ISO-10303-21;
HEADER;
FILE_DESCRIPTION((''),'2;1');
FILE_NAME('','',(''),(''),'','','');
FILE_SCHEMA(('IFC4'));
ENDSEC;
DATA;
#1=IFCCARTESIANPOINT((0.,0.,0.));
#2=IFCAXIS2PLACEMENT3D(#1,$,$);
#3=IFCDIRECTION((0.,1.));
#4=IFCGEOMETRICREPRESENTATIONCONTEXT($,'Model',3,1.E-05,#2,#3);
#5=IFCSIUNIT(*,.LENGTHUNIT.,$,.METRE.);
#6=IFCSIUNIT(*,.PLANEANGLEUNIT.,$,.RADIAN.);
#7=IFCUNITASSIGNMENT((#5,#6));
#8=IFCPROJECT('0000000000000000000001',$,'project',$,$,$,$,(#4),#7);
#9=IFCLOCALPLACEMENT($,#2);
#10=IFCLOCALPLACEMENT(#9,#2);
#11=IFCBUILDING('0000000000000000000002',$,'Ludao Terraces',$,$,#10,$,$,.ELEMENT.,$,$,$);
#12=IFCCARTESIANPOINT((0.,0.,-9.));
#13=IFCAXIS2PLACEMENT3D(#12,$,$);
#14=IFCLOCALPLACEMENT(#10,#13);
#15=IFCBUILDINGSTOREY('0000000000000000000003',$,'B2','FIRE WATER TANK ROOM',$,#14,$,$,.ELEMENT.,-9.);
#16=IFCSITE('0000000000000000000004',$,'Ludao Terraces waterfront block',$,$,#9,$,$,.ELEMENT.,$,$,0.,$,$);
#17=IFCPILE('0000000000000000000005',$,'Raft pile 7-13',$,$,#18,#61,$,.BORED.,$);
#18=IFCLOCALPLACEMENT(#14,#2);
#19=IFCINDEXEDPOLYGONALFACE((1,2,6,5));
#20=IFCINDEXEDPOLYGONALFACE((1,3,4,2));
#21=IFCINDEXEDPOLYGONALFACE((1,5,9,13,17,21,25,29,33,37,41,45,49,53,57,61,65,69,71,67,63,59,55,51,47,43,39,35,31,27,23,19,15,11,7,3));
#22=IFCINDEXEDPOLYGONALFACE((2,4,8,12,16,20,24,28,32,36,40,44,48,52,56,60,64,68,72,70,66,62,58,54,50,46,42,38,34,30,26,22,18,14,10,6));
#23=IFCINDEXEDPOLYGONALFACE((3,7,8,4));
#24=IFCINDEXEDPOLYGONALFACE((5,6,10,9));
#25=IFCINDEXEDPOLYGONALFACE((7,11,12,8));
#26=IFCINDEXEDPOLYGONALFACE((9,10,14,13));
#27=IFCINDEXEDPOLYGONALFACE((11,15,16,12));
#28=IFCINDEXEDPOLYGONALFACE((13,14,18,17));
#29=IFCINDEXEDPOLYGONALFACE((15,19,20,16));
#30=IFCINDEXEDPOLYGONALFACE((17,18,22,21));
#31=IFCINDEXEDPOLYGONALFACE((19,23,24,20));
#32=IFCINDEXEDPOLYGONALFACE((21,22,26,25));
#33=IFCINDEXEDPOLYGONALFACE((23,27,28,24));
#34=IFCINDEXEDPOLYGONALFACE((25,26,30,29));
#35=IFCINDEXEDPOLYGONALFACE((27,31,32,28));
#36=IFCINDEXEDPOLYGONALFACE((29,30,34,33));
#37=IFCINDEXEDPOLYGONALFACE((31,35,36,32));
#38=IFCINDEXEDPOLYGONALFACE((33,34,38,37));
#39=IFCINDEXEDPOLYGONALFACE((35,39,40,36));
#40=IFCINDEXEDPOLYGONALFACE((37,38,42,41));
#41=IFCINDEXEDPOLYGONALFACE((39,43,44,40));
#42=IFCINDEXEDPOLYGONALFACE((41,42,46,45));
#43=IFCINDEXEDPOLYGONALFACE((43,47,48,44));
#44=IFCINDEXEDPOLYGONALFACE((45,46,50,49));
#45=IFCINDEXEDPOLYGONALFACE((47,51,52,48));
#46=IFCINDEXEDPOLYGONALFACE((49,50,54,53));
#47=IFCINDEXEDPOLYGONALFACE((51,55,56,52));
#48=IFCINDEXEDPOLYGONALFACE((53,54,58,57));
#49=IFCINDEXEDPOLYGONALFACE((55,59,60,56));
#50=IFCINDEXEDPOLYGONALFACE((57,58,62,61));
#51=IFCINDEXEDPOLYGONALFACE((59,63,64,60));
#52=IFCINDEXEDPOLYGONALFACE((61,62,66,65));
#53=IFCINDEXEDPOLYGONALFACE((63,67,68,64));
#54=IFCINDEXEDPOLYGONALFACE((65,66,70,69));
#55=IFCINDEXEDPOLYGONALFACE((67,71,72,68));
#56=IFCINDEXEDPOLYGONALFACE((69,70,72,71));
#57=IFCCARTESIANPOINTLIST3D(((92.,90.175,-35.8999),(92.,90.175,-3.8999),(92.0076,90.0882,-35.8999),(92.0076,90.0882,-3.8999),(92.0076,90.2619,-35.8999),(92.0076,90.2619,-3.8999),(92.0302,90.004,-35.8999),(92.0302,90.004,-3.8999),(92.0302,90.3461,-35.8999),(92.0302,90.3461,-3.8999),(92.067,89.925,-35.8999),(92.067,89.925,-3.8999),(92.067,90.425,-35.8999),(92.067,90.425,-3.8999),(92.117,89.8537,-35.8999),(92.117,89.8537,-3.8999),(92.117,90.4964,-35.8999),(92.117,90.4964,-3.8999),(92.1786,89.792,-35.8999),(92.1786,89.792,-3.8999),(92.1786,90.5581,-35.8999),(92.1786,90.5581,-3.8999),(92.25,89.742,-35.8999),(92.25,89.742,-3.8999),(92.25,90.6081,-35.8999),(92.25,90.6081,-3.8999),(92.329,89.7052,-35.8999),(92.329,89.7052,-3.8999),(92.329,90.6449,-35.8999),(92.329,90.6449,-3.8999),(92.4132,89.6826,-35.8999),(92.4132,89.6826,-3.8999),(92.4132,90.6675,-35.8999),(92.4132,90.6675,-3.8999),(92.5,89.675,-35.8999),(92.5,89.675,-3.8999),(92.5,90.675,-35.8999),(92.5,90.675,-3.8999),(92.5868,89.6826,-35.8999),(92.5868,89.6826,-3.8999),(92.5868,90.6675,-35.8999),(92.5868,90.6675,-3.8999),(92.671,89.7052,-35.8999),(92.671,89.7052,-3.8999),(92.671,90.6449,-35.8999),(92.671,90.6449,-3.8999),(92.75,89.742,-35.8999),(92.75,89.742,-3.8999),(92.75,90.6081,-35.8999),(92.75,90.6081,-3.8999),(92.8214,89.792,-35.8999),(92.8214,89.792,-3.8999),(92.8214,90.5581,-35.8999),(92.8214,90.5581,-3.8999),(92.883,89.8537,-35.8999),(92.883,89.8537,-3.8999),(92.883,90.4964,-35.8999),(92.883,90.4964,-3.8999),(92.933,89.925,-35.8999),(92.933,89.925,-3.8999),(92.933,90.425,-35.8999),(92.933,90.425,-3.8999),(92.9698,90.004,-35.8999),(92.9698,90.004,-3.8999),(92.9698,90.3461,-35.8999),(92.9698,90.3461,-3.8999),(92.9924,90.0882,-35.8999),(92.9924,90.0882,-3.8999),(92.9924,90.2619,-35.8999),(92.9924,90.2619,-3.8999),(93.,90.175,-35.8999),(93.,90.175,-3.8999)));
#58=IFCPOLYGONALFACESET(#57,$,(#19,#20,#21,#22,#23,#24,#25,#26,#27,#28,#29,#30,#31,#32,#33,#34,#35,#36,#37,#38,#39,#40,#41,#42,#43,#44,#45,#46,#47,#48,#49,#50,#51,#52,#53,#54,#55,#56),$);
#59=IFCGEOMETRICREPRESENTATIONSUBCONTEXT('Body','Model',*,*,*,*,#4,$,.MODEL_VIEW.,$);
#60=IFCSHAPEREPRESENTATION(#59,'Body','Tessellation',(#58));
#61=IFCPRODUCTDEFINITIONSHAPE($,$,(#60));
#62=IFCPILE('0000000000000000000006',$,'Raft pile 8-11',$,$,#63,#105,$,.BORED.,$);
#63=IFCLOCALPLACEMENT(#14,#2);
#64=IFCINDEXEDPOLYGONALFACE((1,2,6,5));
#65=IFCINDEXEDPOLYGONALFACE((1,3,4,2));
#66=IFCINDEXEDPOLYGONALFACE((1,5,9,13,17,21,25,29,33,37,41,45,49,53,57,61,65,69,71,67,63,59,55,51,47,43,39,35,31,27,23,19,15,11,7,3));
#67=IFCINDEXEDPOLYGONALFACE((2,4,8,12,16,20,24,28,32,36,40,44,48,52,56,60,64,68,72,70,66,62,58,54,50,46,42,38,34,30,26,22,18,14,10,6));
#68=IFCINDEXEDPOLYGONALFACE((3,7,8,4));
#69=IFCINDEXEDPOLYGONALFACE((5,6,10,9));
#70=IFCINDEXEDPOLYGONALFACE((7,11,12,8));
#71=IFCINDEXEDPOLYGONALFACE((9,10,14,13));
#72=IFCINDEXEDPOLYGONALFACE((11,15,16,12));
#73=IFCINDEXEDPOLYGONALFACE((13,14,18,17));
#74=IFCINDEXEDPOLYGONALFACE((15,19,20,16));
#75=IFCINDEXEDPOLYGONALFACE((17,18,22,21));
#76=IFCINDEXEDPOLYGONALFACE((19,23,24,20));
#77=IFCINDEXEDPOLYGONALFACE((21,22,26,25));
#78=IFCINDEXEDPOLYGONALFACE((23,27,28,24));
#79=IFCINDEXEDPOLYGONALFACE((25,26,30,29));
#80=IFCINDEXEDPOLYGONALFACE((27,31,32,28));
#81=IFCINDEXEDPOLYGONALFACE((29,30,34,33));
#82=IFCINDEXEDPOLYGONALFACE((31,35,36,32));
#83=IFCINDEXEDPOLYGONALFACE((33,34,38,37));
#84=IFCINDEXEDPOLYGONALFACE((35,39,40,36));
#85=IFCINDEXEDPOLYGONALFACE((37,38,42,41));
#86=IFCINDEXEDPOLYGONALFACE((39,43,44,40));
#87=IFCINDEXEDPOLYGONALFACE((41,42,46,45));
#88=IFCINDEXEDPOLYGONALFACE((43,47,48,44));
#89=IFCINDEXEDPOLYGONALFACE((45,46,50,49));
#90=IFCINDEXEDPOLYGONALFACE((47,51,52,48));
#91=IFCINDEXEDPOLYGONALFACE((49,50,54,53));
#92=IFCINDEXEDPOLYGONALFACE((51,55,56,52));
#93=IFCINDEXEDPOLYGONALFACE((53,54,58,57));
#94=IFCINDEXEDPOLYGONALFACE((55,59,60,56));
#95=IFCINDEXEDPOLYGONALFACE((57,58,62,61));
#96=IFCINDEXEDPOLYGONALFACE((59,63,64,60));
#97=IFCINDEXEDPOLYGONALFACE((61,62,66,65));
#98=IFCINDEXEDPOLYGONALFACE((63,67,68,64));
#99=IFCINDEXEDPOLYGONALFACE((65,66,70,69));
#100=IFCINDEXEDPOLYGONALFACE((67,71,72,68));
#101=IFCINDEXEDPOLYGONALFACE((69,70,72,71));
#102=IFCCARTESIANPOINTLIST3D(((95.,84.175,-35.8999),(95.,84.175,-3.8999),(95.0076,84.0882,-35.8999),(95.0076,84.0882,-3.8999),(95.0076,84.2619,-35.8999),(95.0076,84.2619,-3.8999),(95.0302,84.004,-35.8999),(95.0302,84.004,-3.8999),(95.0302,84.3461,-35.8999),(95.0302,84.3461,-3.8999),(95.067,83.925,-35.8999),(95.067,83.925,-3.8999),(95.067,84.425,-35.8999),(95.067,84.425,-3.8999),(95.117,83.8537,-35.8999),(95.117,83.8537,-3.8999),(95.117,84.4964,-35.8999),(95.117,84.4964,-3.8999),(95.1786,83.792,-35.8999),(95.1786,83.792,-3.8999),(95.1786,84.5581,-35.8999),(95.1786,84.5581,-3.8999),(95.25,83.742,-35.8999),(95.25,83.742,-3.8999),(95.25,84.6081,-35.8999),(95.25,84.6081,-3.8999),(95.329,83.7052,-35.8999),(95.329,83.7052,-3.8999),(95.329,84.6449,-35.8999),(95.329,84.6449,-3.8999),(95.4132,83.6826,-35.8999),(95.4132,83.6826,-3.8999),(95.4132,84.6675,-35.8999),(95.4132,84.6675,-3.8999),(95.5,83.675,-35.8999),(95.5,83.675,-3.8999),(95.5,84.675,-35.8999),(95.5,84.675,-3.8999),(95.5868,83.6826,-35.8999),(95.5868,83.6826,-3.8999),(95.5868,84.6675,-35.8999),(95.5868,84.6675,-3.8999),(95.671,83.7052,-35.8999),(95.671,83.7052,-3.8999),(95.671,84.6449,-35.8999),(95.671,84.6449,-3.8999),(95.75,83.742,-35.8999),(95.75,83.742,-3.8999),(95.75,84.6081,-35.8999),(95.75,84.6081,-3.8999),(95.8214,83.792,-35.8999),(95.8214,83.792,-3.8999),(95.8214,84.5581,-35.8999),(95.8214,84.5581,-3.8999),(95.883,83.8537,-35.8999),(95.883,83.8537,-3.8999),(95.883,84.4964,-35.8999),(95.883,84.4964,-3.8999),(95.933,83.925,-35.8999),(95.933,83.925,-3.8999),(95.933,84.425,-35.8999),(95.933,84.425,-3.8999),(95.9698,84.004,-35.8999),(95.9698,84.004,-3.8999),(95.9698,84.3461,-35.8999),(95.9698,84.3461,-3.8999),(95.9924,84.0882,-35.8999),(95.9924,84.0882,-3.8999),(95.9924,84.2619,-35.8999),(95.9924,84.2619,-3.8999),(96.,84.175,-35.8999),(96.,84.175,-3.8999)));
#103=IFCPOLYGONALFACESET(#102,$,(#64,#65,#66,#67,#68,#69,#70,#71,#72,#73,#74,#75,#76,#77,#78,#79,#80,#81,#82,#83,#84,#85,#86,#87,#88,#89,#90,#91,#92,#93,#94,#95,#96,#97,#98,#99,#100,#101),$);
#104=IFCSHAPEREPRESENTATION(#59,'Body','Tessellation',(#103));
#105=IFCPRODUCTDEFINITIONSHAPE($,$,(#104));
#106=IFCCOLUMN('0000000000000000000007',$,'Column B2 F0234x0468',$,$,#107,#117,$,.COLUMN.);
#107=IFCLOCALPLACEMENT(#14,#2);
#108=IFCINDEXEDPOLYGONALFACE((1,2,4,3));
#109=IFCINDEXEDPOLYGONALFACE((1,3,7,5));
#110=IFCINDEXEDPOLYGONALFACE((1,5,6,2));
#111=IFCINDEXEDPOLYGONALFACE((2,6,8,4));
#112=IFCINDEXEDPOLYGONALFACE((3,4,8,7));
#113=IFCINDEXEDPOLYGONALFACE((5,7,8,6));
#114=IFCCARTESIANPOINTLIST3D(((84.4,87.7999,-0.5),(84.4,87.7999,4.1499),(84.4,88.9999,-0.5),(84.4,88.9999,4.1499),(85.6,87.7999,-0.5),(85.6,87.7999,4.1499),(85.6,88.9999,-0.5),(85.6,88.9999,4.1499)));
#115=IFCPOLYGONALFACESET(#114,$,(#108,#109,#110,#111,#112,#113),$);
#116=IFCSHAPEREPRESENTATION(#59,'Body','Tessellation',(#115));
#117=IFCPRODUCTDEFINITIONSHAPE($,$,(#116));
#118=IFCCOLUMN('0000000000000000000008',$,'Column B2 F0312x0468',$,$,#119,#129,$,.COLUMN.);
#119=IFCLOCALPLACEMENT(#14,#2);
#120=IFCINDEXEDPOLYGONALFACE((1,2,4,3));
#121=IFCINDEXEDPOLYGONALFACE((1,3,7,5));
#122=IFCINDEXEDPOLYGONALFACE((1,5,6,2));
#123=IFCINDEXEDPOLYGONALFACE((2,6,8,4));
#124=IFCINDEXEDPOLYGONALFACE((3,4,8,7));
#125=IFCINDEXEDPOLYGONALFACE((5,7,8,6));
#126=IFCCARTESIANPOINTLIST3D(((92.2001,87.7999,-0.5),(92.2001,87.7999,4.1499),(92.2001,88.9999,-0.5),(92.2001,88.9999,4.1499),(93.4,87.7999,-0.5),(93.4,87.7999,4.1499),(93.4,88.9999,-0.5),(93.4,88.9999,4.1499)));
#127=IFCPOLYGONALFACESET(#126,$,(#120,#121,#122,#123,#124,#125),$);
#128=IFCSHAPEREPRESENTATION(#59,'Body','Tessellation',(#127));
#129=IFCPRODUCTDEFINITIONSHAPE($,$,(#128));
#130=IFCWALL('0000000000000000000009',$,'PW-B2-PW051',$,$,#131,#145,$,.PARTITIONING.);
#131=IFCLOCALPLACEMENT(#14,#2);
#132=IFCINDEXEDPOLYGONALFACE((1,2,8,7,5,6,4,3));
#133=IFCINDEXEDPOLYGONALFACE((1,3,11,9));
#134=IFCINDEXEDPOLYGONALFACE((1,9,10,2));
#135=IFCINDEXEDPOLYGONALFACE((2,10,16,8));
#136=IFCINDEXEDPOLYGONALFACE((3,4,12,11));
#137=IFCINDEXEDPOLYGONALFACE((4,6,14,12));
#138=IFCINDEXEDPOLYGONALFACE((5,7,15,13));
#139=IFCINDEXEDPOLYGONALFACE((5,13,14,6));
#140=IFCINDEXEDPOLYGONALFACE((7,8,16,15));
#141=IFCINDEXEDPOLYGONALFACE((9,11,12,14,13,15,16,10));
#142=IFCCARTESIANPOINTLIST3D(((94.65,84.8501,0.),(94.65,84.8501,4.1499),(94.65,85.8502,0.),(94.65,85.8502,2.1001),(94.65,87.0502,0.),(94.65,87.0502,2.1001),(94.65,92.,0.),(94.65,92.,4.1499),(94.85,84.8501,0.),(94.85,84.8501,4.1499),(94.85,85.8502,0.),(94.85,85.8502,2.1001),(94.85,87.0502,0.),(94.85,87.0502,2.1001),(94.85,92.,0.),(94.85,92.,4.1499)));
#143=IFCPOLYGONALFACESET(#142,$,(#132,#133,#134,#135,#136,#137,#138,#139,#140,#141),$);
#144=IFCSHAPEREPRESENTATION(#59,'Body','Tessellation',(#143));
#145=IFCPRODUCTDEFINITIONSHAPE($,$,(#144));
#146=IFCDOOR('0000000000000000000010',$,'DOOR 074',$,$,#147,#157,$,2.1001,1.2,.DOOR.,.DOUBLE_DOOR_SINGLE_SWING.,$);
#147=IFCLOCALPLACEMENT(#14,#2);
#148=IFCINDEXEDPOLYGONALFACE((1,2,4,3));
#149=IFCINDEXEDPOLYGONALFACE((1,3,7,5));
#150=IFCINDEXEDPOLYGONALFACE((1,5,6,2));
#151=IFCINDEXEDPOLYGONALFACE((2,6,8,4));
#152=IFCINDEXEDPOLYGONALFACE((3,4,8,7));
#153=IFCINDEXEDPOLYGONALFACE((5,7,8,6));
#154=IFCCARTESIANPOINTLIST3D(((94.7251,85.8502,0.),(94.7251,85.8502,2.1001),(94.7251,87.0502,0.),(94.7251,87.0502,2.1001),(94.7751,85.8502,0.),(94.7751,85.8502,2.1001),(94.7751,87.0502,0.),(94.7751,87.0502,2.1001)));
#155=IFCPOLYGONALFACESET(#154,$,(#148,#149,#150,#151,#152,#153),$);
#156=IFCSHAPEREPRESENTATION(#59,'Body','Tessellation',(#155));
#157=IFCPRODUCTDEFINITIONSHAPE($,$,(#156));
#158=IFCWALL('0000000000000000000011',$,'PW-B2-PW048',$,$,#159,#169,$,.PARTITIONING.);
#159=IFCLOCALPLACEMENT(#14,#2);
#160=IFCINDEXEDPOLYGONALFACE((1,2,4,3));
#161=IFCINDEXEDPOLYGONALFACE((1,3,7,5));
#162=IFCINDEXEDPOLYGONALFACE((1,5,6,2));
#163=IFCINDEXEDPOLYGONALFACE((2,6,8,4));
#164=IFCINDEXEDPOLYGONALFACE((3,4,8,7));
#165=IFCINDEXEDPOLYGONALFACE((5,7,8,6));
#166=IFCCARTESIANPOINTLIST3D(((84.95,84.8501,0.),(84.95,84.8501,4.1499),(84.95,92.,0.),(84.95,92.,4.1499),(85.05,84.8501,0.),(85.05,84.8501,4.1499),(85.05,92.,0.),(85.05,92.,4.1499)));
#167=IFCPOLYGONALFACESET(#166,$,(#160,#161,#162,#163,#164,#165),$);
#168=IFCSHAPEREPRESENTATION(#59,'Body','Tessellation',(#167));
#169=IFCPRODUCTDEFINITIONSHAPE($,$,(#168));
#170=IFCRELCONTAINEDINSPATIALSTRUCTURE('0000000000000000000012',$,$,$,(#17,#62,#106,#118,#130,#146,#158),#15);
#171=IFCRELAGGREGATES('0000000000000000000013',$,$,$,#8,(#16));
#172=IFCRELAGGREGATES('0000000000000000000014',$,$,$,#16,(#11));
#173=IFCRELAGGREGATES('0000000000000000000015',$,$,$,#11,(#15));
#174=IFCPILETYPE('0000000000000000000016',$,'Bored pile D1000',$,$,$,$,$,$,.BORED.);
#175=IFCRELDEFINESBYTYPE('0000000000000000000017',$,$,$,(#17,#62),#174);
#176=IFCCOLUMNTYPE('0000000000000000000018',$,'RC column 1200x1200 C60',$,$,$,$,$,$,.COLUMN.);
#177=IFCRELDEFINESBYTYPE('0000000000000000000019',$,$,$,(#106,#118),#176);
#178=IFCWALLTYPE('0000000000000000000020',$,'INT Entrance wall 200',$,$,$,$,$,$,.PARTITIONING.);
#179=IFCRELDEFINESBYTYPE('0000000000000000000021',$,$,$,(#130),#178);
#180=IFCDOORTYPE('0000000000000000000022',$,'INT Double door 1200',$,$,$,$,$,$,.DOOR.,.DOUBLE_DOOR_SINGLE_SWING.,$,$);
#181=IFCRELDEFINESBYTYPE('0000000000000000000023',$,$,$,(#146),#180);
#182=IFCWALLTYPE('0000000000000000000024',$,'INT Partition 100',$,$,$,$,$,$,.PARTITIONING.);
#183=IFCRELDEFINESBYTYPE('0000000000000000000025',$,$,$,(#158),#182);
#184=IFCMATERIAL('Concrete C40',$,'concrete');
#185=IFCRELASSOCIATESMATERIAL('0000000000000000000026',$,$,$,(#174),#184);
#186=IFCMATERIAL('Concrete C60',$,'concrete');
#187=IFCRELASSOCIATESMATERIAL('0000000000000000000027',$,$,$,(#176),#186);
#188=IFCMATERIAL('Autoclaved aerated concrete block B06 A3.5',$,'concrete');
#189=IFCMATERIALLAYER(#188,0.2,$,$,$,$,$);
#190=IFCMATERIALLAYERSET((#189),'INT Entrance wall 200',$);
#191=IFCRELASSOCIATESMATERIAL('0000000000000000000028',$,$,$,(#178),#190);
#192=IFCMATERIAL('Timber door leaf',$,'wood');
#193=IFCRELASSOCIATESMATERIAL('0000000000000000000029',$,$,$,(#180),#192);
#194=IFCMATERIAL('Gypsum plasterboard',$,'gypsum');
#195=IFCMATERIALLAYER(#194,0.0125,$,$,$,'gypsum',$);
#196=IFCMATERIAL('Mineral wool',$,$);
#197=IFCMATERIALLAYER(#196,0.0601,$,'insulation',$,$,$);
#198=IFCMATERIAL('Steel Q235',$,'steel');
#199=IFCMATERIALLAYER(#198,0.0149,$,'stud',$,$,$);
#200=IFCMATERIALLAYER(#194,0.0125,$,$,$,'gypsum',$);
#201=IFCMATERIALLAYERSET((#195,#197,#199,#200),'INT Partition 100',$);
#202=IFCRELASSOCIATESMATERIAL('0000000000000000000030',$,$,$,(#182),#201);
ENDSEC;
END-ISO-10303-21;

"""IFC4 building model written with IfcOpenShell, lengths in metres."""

from ifc_helpers import new_model, si_unit, direction, frame, frame_2d, origin, origin_2d, place, context, subcontext, project, spatial, rectangle, circle, extrude, material, layer, layer_set, material_profile, profile_set, type_object, element, fill, save


model = new_model("IFC4")

# Units and contexts
model_context = context("Model", 3, precision=1e-05, world=origin(), true_north=direction((0.0, 1.0)))
body_context = subcontext(model_context, "Body", "Model", "MODEL_VIEW")
ifc_project = project(units=[si_unit("LENGTHUNIT", "METRE"), si_unit("PLANEANGLEUNIT", "RADIAN")], contexts=[model_context])

# Site, building, storey
site_placement = place(None, origin())
site = spatial("IfcSite", under=ifc_project, at=site_placement, Name="Ludao Terraces waterfront block", CompositionType="ELEMENT", RefElevation=0.0)
building_placement = place(site_placement, origin())
building = spatial("IfcBuilding", under=site, at=building_placement, Name="Ludao Terraces", CompositionType="ELEMENT")
storey_placement = place(building_placement, frame((0.0, 0.0, -9.0)))
storey = spatial("IfcBuildingStorey", under=building, at=storey_placement, Name="B2", Description="FIRE WATER TANK ROOM", CompositionType="ELEMENT", Elevation=-9.0)

# Piles
ifc_material_1 = material(Name="Concrete C40", Category="concrete")
ifc_material_profile_1 = material_profile(ifc_material_1, circle(Radius=0.5, at=origin_2d()), Name="D1000 BORED PILE")
ifc_profile_set_1 = profile_set([ifc_material_profile_1], Name="Concrete C40")
pile_type = type_object("IfcPileType", Name="Bored pile D1000", PredefinedType="BORED", material=ifc_profile_set_1)
for number, where, z_axis, x_axis, name in (
    (1, (92.5, 90.175, -3.8999), (0.0, 0.0, -1.0), (1.0, 0.0, 0.0), "Raft pile 7-13"),
    (2, (95.5, 84.175, -3.8999), (0.0, 0.0, -1.0), (1.0, 0.0, 0.0), "Raft pile 8-11"),
):
    element("IfcPile", number, at=place(storey_placement, frame(where, z_axis=z_axis, x_axis=x_axis)), inside=storey, type_object=pile_type, Name=name, PredefinedType="BORED", context=body_context, shape_type="SweptSolid", body=[
        extrude(circle(Radius=0.5, at=origin_2d()), origin(), (0.0, 0.0, 1.0), 32.0),
    ])

# Columns
ifc_material_2 = material(Name="Concrete C60", Category="concrete")
ifc_material_profile_2 = material_profile(ifc_material_2, rectangle(XDim=1.2, YDim=1.2, at=origin_2d()), Name="1200 X 1200")
ifc_profile_set_2 = profile_set([ifc_material_profile_2], Name="Concrete C60")
column_type = type_object("IfcColumnType", Name="RC column 1200x1200 C60", PredefinedType="COLUMN", material=ifc_profile_set_2)
for number, where, z_axis, x_axis, name in (
    (3, (85.0, 88.3999, -0.5), (0.0, 0.0, 1.0), (1.0, 0.0, 0.0), "Column B2 F0234x0468"),
    (4, (92.8, 88.3999, -0.5), (0.0, 0.0, 1.0), (1.0, 0.0, 0.0), "Column B2 F0312x0468"),
):
    element("IfcColumn", number, at=place(storey_placement, frame(where, z_axis=z_axis, x_axis=x_axis)), inside=storey, type_object=column_type, Name=name, PredefinedType="COLUMN", context=body_context, shape_type="SweptSolid", body=[
        extrude(rectangle(XDim=1.2, YDim=1.2, at=origin_2d()), origin(), (0.0, 0.0, 1.0), 4.6499),
    ])

# Wall, opening, door
ifc_material_3 = material(Name="Autoclaved aerated concrete block B06 A3.5", Category="concrete")
ifc_layer_1 = layer(ifc_material_3, 0.2)
ifc_layer_set_1 = layer_set([ifc_layer_1], Name="INT Entrance wall 200")
wall_type_1 = type_object("IfcWallType", Name="INT Entrance wall 200", PredefinedType="PARTITIONING", material=ifc_layer_set_1)
wall_1_placement = place(storey_placement, frame((94.75, 84.8501, 0.0), z_axis=(0.0, 0.0, 1.0), x_axis=(0.0, 1.0, 0.0)))
wall_1 = element("IfcWall", 5, at=wall_1_placement, inside=storey, type_object=wall_type_1, Name="PW-B2-PW051", PredefinedType="PARTITIONING", context=body_context, shape_type="SweptSolid", body=[
    extrude(rectangle(XDim=7.1499, YDim=0.2, at=frame_2d((3.575, 0.0))), origin(), (0.0, 0.0, 1.0), 4.1499),
])
opening_1_placement = place(wall_1_placement, frame((1.0, 0.0, 0.0)))
opening_1 = element("IfcOpeningElement", 6, at=opening_1_placement, cuts=wall_1, PredefinedType="OPENING", context=body_context, shape_type="SweptSolid", body=[
    extrude(rectangle(XDim=1.2, YDim=2.1001, at=frame_2d((0.6001, 1.05))), frame((0.0, 0.1099, 0.0), z_axis=(0.0, -1.0, 0.0), x_axis=(1.0, 0.0, 0.0)), (0.0, 0.0, 1.0), 0.22),
])
ifc_material_4 = material(Name="Timber door leaf", Category="wood")
door_type_1 = type_object("IfcDoorType", Name="INT Double door 1200", OperationType="DOUBLE_DOOR_SINGLE_SWING", PredefinedType="DOOR", material=ifc_material_4)
door_1_placement = place(opening_1_placement, origin())
door_1 = element("IfcDoor", 7, at=door_1_placement, inside=storey, type_object=door_type_1, Name="DOOR 074", OperationType="DOUBLE_DOOR_SINGLE_SWING", OverallHeight=2.1001, OverallWidth=1.2, PredefinedType="DOOR", context=body_context, shape_type="SweptSolid", body=[
    extrude(rectangle(XDim=1.2, YDim=2.1001, at=frame_2d((0.6001, 1.05))), frame((0.0, 0.0249, 0.0), z_axis=(0.0, -1.0, 0.0), x_axis=(1.0, 0.0, 0.0)), (0.0, 0.0, 1.0), 0.05),
])
fill(opening_1, door_1)

# Wall
ifc_material_5 = material(Name="Gypsum plasterboard", Category="gypsum")
ifc_layer_2 = layer(ifc_material_5, 0.0125, Category="gypsum")
ifc_material_6 = material(Name="Mineral wool")
ifc_layer_3 = layer(ifc_material_6, 0.0601, Name="insulation")
ifc_material_7 = material(Name="Steel Q235", Category="steel")
ifc_layer_4 = layer(ifc_material_7, 0.0149, Name="stud")
ifc_layer_5 = layer(ifc_material_5, 0.0125, Category="gypsum")
ifc_layer_set_2 = layer_set([ifc_layer_2, ifc_layer_3, ifc_layer_4, ifc_layer_5], Name="INT Partition 100")
wall_type_2 = type_object("IfcWallType", Name="INT Partition 100", PredefinedType="PARTITIONING", material=ifc_layer_set_2)
wall_2_placement = place(storey_placement, frame((85.0, 84.8501, 0.0), z_axis=(0.0, 0.0, 1.0), x_axis=(0.0, 1.0, 0.0)))
element("IfcWall", 8, at=wall_2_placement, inside=storey, type_object=wall_type_2, Name="PW-B2-PW048", PredefinedType="PARTITIONING", context=body_context, shape_type="SweptSolid", body=[
    extrude(rectangle(XDim=7.1499, YDim=0.1001, at=frame_2d((3.575, 0.0))), origin(), (0.0, 0.0, 1.0), 4.1499),
])

save(model, "model.ifc")
